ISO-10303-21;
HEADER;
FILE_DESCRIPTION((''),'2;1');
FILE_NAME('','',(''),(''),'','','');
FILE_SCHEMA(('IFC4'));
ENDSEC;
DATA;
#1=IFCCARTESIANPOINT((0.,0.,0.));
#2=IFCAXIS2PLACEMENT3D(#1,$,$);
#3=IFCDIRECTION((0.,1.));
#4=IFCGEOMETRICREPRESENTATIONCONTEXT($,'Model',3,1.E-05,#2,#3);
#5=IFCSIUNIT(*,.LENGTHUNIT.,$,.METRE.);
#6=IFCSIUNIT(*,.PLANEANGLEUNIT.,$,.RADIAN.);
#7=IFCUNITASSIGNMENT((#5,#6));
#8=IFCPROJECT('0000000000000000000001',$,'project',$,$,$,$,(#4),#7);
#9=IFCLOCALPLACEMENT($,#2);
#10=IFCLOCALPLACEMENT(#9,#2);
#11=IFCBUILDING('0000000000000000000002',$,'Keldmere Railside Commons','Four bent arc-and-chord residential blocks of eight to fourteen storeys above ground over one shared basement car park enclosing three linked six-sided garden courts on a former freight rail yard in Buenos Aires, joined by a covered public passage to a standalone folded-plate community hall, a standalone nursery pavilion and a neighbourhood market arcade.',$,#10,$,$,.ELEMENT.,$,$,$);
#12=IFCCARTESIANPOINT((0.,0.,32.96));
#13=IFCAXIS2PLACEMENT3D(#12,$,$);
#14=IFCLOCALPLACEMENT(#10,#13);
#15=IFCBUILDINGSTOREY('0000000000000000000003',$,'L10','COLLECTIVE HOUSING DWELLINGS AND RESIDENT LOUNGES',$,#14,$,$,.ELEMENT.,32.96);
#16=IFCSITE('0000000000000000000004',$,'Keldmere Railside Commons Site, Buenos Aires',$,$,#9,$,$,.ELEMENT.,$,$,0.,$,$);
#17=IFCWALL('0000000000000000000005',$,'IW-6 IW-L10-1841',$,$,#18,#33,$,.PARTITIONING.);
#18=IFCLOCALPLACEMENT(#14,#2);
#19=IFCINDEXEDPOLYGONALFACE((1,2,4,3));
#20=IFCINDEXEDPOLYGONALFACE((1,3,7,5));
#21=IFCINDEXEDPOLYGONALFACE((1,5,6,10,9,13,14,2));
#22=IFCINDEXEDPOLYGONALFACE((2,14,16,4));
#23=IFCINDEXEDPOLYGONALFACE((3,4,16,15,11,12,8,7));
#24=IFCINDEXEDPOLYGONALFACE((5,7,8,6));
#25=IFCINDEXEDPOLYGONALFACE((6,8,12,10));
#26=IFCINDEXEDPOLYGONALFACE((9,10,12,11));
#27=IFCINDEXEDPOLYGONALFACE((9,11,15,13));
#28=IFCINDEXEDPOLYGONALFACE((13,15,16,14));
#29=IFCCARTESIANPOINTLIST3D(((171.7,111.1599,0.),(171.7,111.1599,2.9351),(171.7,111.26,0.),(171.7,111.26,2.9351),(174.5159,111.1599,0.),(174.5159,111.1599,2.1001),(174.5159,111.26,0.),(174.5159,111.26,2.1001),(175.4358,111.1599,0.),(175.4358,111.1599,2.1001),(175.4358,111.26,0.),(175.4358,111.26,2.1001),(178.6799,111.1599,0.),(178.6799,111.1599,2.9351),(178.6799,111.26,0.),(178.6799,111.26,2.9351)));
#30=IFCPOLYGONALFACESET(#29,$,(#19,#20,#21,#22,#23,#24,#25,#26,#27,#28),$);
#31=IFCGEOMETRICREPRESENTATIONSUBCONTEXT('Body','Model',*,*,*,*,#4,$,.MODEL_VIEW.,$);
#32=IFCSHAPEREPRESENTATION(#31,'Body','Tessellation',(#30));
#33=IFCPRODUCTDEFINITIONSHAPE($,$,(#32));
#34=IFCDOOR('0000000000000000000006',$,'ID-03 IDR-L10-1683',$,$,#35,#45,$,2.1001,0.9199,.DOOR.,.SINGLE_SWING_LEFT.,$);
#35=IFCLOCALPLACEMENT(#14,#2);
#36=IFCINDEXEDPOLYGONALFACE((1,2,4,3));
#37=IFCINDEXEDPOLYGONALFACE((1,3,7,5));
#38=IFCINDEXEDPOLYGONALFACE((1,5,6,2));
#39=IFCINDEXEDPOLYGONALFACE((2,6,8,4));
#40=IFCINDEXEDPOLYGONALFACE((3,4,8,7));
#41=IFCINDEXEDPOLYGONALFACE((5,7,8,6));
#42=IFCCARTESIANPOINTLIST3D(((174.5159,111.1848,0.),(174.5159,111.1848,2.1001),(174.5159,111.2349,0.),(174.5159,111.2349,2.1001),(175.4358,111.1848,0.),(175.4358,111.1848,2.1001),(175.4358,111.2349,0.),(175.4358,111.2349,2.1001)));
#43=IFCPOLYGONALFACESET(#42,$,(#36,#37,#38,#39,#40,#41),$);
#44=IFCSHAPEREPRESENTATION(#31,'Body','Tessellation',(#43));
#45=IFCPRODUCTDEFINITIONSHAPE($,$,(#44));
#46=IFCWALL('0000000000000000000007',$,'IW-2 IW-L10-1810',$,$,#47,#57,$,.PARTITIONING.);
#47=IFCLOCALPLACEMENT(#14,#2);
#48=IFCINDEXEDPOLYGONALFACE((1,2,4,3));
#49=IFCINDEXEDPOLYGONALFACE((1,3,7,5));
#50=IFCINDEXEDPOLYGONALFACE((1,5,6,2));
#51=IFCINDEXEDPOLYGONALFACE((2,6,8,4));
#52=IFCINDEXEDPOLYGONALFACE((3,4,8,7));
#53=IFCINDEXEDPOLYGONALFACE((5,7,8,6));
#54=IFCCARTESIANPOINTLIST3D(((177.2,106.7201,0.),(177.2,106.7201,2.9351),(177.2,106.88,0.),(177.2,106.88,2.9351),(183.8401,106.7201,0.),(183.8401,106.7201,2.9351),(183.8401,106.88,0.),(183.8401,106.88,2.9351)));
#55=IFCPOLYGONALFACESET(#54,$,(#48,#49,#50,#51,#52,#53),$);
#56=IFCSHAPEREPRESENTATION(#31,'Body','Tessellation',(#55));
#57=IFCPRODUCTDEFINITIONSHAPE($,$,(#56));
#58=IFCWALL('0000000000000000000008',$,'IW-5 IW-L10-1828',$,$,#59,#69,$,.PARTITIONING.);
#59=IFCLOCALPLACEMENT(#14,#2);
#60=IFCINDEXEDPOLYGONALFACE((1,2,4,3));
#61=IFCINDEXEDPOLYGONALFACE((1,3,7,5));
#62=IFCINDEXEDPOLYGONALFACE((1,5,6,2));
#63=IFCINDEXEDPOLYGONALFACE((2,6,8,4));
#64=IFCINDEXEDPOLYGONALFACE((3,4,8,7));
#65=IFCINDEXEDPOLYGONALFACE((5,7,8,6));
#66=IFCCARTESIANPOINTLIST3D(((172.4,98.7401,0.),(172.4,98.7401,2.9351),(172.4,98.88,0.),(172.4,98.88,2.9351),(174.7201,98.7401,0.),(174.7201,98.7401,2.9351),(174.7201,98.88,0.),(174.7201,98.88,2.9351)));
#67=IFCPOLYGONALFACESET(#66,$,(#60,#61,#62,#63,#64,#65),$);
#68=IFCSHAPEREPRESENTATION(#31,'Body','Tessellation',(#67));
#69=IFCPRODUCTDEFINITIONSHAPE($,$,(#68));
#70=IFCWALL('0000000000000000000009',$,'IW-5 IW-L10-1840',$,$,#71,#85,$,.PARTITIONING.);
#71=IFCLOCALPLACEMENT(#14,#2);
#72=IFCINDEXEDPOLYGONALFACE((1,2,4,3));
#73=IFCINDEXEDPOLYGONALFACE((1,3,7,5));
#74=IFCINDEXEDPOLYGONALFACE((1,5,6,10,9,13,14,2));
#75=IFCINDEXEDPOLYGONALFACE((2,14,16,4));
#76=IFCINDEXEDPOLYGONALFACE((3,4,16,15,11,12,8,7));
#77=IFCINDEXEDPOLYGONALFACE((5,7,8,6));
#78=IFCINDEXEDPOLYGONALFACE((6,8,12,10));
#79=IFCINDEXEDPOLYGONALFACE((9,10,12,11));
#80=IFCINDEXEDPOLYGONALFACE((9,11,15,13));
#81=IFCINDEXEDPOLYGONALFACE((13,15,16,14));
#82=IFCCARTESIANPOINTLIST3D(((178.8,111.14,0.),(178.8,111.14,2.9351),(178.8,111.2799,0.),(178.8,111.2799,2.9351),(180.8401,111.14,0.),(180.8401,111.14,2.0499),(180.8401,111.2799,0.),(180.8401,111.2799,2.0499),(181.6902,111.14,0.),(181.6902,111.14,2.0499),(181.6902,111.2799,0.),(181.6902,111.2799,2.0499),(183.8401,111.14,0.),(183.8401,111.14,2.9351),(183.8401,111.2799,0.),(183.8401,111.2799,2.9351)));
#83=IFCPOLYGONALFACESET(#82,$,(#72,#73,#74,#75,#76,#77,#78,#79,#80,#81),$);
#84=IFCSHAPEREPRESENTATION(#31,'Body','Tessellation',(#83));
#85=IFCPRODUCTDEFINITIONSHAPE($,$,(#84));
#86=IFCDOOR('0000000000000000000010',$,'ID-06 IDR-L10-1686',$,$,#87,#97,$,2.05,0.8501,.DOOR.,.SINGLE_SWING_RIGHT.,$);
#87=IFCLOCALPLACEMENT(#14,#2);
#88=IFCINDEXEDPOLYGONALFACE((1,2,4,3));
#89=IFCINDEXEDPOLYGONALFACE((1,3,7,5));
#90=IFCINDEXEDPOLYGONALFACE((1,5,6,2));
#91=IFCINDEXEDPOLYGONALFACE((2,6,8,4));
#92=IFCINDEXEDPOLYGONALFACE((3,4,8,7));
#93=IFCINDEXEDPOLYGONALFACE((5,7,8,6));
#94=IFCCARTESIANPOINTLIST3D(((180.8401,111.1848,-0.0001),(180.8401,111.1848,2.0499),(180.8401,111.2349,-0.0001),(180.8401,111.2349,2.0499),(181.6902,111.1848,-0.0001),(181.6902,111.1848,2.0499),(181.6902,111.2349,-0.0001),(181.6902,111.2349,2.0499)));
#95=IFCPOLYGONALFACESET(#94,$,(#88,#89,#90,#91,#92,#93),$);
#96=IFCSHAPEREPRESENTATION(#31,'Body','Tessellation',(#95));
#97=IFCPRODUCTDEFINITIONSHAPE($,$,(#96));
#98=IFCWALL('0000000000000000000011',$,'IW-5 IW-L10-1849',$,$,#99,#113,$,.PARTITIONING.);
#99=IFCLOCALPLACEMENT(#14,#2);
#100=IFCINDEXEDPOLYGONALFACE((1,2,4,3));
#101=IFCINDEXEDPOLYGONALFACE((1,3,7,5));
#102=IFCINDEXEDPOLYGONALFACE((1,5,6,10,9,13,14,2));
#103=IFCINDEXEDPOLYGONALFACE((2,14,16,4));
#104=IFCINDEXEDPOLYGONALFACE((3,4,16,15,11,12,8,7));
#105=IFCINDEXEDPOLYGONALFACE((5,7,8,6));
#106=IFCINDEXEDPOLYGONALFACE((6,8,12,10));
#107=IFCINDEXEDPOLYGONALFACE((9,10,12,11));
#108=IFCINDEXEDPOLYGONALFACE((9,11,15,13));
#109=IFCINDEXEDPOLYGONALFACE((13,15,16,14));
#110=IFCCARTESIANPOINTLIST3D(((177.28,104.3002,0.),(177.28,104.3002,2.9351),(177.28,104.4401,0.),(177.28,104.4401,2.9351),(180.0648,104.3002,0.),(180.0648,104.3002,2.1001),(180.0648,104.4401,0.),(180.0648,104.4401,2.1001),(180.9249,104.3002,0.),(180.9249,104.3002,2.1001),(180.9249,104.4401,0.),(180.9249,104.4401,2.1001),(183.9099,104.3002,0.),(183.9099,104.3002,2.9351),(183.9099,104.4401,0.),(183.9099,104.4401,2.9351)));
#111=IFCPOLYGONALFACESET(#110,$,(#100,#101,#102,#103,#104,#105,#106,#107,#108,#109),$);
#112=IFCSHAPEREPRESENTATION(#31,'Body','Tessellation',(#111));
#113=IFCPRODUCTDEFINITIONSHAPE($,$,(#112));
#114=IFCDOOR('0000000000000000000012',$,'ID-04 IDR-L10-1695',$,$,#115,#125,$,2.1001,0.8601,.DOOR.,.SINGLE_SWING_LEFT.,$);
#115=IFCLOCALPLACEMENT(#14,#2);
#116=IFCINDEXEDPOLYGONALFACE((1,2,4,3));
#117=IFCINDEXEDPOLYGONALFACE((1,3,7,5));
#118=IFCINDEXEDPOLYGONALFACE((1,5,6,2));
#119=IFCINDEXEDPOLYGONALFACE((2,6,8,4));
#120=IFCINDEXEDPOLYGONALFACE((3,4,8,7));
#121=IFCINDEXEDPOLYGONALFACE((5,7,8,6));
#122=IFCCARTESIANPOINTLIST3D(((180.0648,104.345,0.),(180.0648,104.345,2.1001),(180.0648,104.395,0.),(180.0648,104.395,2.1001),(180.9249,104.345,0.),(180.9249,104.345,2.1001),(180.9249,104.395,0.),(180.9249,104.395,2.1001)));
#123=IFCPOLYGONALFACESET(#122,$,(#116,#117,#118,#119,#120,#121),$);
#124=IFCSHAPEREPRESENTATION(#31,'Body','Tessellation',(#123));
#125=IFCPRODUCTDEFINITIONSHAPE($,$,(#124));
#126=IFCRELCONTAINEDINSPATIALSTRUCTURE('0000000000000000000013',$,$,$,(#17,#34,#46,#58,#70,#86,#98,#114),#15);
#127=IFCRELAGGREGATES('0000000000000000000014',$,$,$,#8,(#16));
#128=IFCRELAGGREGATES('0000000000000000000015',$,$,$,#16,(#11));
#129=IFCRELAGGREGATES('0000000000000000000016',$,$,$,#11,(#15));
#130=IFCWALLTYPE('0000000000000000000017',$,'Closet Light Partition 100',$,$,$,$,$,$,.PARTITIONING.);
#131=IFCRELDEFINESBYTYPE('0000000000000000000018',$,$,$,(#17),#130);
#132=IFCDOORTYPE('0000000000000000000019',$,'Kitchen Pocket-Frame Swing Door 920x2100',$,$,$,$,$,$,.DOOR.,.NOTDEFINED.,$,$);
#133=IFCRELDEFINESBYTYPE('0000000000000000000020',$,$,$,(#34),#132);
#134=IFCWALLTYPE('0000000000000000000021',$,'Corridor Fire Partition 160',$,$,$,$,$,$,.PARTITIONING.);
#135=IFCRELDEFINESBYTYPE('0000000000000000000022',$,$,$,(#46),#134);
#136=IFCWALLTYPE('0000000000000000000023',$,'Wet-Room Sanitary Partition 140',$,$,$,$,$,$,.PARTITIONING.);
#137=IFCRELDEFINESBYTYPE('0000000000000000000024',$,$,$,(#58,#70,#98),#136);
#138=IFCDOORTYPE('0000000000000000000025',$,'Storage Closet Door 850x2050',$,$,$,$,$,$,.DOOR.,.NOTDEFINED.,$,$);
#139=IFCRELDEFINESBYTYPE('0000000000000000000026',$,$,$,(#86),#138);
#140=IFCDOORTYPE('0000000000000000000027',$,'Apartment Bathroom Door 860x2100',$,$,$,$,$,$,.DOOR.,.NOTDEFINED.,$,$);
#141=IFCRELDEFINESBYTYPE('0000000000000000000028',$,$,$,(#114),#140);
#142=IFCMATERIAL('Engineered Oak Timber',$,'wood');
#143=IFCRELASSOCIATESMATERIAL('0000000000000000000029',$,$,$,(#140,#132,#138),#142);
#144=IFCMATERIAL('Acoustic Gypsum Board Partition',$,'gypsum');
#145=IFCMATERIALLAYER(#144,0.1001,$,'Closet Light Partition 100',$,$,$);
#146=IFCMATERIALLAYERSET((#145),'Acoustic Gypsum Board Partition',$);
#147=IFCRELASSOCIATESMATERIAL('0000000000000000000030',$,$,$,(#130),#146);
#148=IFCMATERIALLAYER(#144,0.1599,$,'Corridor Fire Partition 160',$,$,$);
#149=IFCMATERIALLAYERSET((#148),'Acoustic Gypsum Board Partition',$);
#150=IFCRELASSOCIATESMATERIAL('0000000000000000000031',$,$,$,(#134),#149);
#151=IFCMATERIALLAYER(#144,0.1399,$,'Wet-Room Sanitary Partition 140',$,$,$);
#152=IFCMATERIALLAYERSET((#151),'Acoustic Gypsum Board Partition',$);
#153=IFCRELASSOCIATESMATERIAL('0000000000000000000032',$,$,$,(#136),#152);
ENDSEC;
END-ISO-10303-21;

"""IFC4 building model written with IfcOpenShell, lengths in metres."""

from ifc_helpers import new_model, si_unit, direction, frame, frame_2d, origin, place, context, subcontext, project, spatial, rectangle, extrude, material, layer, layer_set, type_object, element, fill, save


model = new_model("IFC4")

# Units and contexts
model_context = context("Model", 3, precision=1e-05, world=origin(), true_north=direction((0.0, 1.0)))
body_context = subcontext(model_context, "Body", "Model", "MODEL_VIEW")
ifc_project = project(units=[si_unit("LENGTHUNIT", "METRE"), si_unit("PLANEANGLEUNIT", "RADIAN")], contexts=[model_context])

# Site, building, storey
site_placement = place(None, origin())
site = spatial("IfcSite", under=ifc_project, at=site_placement, Name="Keldmere Railside Commons Site, Buenos Aires", CompositionType="ELEMENT", RefElevation=0.0)
building_placement = place(site_placement, origin())
building = spatial("IfcBuilding", under=site, at=building_placement, Name="Keldmere Railside Commons", Description="Four bent arc-and-chord residential blocks of eight to fourteen storeys above ground over one shared basement car park enclosing three linked six-sided garden courts on a former freight rail yard in Buenos Aires, joined by a covered public passage to a standalone folded-plate community hall, a standalone nursery pavilion and a neighbourhood market arcade.", CompositionType="ELEMENT")
storey_placement = place(building_placement, frame((0.0, 0.0, 32.96)))
storey = spatial("IfcBuildingStorey", under=building, at=storey_placement, Name="L10", Description="COLLECTIVE HOUSING DWELLINGS AND RESIDENT LOUNGES", CompositionType="ELEMENT", Elevation=32.96)

# Shared definitions
ifc_material_1 = material(Name="Acoustic Gypsum Board Partition", Category="gypsum")

# Shared definitions
ifc_material_2 = material(Name="Engineered Oak Timber", Category="wood")
door_type_1 = type_object("IfcDoorType", Name="Apartment Bathroom Door 860x2100", OperationType="NOTDEFINED", PredefinedType="DOOR", material=ifc_material_2)

# Wall, opening, door
door_type_2 = type_object("IfcDoorType", Name="Kitchen Pocket-Frame Swing Door 920x2100", OperationType="NOTDEFINED", PredefinedType="DOOR", material=ifc_material_2)
ifc_layer_1 = layer(ifc_material_1, 0.1001, Name="Closet Light Partition 100")
ifc_layer_set_1 = layer_set([ifc_layer_1], Name="Acoustic Gypsum Board Partition")
wall_type_1 = type_object("IfcWallType", Name="Closet Light Partition 100", PredefinedType="PARTITIONING", material=ifc_layer_set_1)
wall_1_placement = place(storey_placement, frame((171.7, 111.21, 0.0), z_axis=(0.0, 0.0, 1.0), x_axis=(1.0, 0.0, 0.0)))
wall_1 = element("IfcWall", 1, at=wall_1_placement, inside=storey, type_object=wall_type_1, Name="IW-6 IW-L10-1841", PredefinedType="PARTITIONING", context=body_context, shape_type="SweptSolid", body=[
    extrude(rectangle(XDim=6.98, YDim=0.1001, at=frame_2d((3.49, 0.0))), origin(), (0.0, 0.0, 1.0), 2.9351),
])
opening_1_placement = place(wall_1_placement, frame((2.8159, 0.0, 0.0)))
opening_1 = element("IfcOpeningElement", 2, at=opening_1_placement, cuts=wall_1, PredefinedType="OPENING", context=body_context, shape_type="SweptSolid", body=[
    extrude(rectangle(XDim=0.9199, YDim=2.1001, at=frame_2d((0.46, 1.05))), frame((0.0, 0.0601, 0.0), z_axis=(0.0, -1.0, 0.0), x_axis=(1.0, 0.0, 0.0)), (0.0, 0.0, 1.0), 0.1201),
])
door_1_placement = place(opening_1_placement, origin())
door_1 = element("IfcDoor", 3, at=door_1_placement, inside=storey, type_object=door_type_2, Name="ID-03 IDR-L10-1683", OperationType="SINGLE_SWING_LEFT", OverallHeight=2.1001, OverallWidth=0.9199, PredefinedType="DOOR", context=body_context, shape_type="SweptSolid", body=[
    extrude(rectangle(XDim=0.9199, YDim=2.1001, at=frame_2d((0.46, 1.05))), frame((0.0, 0.0249, 0.0), z_axis=(0.0, -1.0, 0.0), x_axis=(1.0, 0.0, 0.0)), (0.0, 0.0, 1.0), 0.05),
])
fill(opening_1, door_1)

# Walls
ifc_layer_2 = layer(ifc_material_1, 0.1599, Name="Corridor Fire Partition 160")
ifc_layer_set_2 = layer_set([ifc_layer_2], Name="Acoustic Gypsum Board Partition")
wall_type_2 = type_object("IfcWallType", Name="Corridor Fire Partition 160", PredefinedType="PARTITIONING", material=ifc_layer_set_2)
wall_2_placement = place(storey_placement, frame((177.2, 106.8, 0.0), z_axis=(0.0, 0.0, 1.0), x_axis=(1.0, 0.0, 0.0)))
element("IfcWall", 4, at=wall_2_placement, inside=storey, type_object=wall_type_2, Name="IW-2 IW-L10-1810", PredefinedType="PARTITIONING", context=body_context, shape_type="SweptSolid", body=[
    extrude(rectangle(XDim=6.6401, YDim=0.1599, at=frame_2d((3.3201, 0.0))), origin(), (0.0, 0.0, 1.0), 2.9351),
])
ifc_layer_3 = layer(ifc_material_1, 0.1399, Name="Wet-Room Sanitary Partition 140")
ifc_layer_set_3 = layer_set([ifc_layer_3], Name="Acoustic Gypsum Board Partition")
wall_type_3 = type_object("IfcWallType", Name="Wet-Room Sanitary Partition 140", PredefinedType="PARTITIONING", material=ifc_layer_set_3)
wall_3_placement = place(storey_placement, frame((172.3999, 98.8101, 0.0), z_axis=(0.0, 0.0, 1.0), x_axis=(1.0, 0.0, 0.0)))
element("IfcWall", 5, at=wall_3_placement, inside=storey, type_object=wall_type_3, Name="IW-5 IW-L10-1828", PredefinedType="PARTITIONING", context=body_context, shape_type="SweptSolid", body=[
    extrude(rectangle(XDim=2.3201, YDim=0.1399, at=frame_2d((1.1602, 0.0))), origin(), (0.0, 0.0, 1.0), 2.9351),
])

# Walls, openings, doors
wall_4_placement = place(storey_placement, frame((178.8, 111.21, 0.0), z_axis=(0.0, 0.0, 1.0), x_axis=(1.0, 0.0, 0.0)))
wall_4 = element("IfcWall", 6, at=wall_4_placement, inside=storey, type_object=wall_type_3, Name="IW-5 IW-L10-1840", PredefinedType="PARTITIONING", context=body_context, shape_type="SweptSolid", body=[
    extrude(rectangle(XDim=5.04, YDim=0.1399, at=frame_2d((2.52, 0.0))), origin(), (0.0, 0.0, 1.0), 2.9351),
])
opening_2_placement = place(wall_4_placement, frame((2.04, 0.0, 0.0)))
opening_2 = element("IfcOpeningElement", 7, at=opening_2_placement, cuts=wall_4, PredefinedType="OPENING", context=body_context, shape_type="SweptSolid", body=[
    extrude(rectangle(XDim=0.8501, YDim=2.05, at=frame_2d((0.425, 1.0249))), frame((0.0, 0.0798, 0.0), z_axis=(0.0, -1.0, 0.0), x_axis=(1.0, 0.0, 0.0)), (0.0, 0.0, 1.0), 0.1599),
])
door_type_3 = type_object("IfcDoorType", Name="Storage Closet Door 850x2050", OperationType="NOTDEFINED", PredefinedType="DOOR", material=ifc_material_2)
door_2_placement = place(opening_2_placement, origin())
door_2 = element("IfcDoor", 8, at=door_2_placement, inside=storey, type_object=door_type_3, Name="ID-06 IDR-L10-1686", OperationType="SINGLE_SWING_RIGHT", OverallHeight=2.05, OverallWidth=0.8501, PredefinedType="DOOR", context=body_context, shape_type="SweptSolid", body=[
    extrude(rectangle(XDim=0.8501, YDim=2.05, at=frame_2d((0.425, 1.0249))), frame((0.0, 0.0249, 0.0), z_axis=(0.0, -1.0, 0.0), x_axis=(1.0, 0.0, 0.0)), (0.0, 0.0, 1.0), 0.05),
])
fill(opening_2, door_2)
wall_5_placement = place(storey_placement, frame((177.28, 104.3701, 0.0), z_axis=(0.0, 0.0, 1.0), x_axis=(1.0, 0.0, 0.0)))
wall_5 = element("IfcWall", 9, at=wall_5_placement, inside=storey, type_object=wall_type_3, Name="IW-5 IW-L10-1849", PredefinedType="PARTITIONING", context=body_context, shape_type="SweptSolid", body=[
    extrude(rectangle(XDim=6.6299, YDim=0.1399, at=frame_2d((3.3149, 0.0))), origin(), (0.0, 0.0, 1.0), 2.9351),
])
opening_3_placement = place(wall_5_placement, frame((2.7847, 0.0, 0.0)))
opening_3 = element("IfcOpeningElement", 10, at=opening_3_placement, cuts=wall_5, PredefinedType="OPENING", context=body_context, shape_type="SweptSolid", body=[
    extrude(rectangle(XDim=0.8601, YDim=2.1001, at=frame_2d((0.4302, 1.05))), frame((0.0, 0.0798, 0.0), z_axis=(0.0, -1.0, 0.0), x_axis=(1.0, 0.0, 0.0)), (0.0, 0.0, 1.0), 0.1599),
])
door_3_placement = place(opening_3_placement, origin())
door_3 = element("IfcDoor", 11, at=door_3_placement, inside=storey, type_object=door_type_1, Name="ID-04 IDR-L10-1695", OperationType="SINGLE_SWING_LEFT", OverallHeight=2.1001, OverallWidth=0.8601, PredefinedType="DOOR", context=body_context, shape_type="SweptSolid", body=[
    extrude(rectangle(XDim=0.8601, YDim=2.1001, at=frame_2d((0.4302, 1.05))), frame((0.0, 0.0249, 0.0), z_axis=(0.0, -1.0, 0.0), x_axis=(1.0, 0.0, 0.0)), (0.0, 0.0, 1.0), 0.05),
])
fill(opening_3, door_3)

save(model, "model.ifc")
